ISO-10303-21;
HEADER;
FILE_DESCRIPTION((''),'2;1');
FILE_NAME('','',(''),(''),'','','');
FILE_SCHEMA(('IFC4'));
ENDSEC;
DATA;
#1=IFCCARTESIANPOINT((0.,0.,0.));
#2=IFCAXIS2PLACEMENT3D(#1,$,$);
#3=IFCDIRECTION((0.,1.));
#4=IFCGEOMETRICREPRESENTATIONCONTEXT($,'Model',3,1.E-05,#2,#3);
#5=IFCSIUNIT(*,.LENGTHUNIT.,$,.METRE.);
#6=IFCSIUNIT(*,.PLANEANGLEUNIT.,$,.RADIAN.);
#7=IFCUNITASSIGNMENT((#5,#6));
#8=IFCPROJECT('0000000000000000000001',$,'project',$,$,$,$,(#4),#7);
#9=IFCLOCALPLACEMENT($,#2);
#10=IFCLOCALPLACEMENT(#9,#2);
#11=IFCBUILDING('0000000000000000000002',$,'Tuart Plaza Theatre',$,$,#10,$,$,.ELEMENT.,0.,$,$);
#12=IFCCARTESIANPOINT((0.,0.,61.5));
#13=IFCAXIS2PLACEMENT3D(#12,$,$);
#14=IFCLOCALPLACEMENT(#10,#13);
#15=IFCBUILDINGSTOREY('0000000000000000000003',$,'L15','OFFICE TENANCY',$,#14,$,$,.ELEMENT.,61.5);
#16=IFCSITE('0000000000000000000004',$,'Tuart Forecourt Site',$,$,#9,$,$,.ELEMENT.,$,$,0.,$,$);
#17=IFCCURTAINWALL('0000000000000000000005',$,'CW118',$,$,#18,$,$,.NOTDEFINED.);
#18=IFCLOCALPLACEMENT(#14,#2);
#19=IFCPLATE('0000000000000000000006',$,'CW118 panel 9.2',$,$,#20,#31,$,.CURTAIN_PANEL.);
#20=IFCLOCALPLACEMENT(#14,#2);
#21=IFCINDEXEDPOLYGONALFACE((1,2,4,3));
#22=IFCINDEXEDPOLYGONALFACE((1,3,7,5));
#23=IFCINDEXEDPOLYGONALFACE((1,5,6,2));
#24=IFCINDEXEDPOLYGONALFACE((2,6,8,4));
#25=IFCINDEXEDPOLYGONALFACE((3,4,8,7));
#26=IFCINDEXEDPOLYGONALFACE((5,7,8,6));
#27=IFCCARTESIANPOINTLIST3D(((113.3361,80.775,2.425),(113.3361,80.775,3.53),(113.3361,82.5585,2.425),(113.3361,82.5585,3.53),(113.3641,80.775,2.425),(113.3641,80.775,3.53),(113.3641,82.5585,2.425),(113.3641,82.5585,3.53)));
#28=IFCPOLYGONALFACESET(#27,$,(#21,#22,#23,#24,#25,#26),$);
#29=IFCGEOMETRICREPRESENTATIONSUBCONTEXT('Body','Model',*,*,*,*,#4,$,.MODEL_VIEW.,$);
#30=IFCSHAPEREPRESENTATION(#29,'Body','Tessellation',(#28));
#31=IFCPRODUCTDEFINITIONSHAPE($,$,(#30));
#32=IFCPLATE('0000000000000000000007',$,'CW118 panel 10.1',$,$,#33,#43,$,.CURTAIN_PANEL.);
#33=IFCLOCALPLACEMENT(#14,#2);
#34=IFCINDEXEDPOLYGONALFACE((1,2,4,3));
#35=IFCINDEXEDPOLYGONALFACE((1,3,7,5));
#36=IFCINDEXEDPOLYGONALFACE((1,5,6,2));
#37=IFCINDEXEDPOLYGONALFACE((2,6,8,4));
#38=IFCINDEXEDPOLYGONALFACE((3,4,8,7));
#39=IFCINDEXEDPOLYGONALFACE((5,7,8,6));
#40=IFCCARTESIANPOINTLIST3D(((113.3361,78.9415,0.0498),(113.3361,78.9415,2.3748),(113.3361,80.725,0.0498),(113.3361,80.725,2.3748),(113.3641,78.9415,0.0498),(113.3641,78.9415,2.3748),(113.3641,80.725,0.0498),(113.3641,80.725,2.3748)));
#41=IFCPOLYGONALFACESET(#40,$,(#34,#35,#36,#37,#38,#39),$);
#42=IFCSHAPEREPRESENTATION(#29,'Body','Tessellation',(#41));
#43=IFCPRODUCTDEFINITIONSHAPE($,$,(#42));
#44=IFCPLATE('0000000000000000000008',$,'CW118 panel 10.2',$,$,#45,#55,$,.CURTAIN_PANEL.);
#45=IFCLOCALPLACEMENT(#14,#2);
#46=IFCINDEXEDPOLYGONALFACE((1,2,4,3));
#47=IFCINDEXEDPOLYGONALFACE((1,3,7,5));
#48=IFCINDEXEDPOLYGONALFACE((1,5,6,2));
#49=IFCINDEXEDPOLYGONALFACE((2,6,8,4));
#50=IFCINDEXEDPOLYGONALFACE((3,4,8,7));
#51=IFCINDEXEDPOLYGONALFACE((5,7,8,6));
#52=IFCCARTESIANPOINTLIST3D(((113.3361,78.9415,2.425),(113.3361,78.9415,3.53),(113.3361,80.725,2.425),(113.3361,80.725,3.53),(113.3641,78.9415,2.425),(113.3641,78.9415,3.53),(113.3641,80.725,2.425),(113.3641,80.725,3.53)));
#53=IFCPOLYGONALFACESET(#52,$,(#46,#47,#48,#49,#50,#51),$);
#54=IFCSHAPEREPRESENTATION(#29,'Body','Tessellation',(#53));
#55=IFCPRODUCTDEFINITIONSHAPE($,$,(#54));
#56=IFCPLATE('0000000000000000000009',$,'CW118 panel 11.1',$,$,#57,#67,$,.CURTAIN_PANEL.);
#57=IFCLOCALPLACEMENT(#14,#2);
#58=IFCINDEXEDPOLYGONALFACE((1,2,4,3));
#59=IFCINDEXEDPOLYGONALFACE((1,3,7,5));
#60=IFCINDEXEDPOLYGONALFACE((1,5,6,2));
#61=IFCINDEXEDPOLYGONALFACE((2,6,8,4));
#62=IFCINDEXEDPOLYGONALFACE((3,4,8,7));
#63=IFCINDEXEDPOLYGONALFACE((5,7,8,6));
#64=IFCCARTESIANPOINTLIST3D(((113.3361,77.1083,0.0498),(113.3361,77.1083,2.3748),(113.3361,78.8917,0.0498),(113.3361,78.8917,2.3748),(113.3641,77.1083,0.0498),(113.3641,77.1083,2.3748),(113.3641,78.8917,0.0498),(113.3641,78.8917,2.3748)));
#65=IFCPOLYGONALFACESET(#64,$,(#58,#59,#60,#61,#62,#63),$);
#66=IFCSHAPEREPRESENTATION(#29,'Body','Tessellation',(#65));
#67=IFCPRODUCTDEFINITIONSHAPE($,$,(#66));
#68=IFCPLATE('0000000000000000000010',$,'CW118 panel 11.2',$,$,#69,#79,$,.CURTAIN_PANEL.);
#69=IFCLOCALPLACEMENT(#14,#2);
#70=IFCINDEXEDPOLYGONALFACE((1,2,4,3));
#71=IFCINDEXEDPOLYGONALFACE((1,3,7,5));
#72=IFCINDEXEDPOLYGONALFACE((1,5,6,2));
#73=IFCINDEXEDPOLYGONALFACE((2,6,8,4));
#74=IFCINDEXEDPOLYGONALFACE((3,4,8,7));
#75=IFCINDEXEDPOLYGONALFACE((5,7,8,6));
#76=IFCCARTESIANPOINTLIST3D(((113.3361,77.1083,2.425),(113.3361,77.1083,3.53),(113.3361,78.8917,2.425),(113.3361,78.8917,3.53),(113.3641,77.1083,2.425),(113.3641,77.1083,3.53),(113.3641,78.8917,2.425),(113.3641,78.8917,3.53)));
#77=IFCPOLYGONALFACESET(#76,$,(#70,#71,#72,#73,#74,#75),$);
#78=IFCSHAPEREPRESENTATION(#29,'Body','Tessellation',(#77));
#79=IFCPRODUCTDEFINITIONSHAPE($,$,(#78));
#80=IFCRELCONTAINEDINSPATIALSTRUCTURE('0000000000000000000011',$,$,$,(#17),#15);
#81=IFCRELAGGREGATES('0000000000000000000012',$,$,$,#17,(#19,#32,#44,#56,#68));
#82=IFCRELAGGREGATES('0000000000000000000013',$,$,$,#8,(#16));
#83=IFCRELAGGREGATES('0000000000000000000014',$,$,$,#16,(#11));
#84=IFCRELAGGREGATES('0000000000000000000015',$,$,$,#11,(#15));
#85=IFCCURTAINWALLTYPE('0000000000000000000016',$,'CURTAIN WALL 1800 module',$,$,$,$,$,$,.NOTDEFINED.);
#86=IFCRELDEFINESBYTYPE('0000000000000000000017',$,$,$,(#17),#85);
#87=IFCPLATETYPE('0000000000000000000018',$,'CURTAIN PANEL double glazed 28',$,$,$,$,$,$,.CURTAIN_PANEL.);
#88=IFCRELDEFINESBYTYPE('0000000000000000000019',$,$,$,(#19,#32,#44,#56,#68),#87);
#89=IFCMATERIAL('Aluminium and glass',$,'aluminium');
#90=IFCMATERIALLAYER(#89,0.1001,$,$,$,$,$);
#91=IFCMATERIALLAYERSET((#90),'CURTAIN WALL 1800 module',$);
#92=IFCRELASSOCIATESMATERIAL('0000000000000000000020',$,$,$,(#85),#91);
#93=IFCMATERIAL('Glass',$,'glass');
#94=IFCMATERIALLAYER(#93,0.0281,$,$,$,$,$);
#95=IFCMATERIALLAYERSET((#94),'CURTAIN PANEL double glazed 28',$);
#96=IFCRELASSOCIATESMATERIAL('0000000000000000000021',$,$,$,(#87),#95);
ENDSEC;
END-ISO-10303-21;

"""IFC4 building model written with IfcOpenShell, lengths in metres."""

from ifc_helpers import new_model, si_unit, direction, frame, origin, origin_2d, place, context, subcontext, project, spatial, rectangle, extrude, material, layer, layer_set, type_object, element, aggregate, save


model = new_model("IFC4")

# Units and contexts
model_context = context("Model", 3, precision=1e-05, world=origin(), true_north=direction((0.0, 1.0)))
body_context = subcontext(model_context, "Body", "Model", "MODEL_VIEW")
ifc_project = project(units=[si_unit("LENGTHUNIT", "METRE"), si_unit("PLANEANGLEUNIT", "RADIAN")], contexts=[model_context])

# Site, building, storey
site_placement = place(None, origin())
site = spatial("IfcSite", under=ifc_project, at=site_placement, Name="Tuart Forecourt Site", CompositionType="ELEMENT", RefElevation=0.0)
building_placement = place(site_placement, origin())
building = spatial("IfcBuilding", under=site, at=building_placement, Name="Tuart Plaza Theatre", CompositionType="ELEMENT", ElevationOfRefHeight=0.0)
storey_placement = place(building_placement, frame((0.0, 0.0, 61.5)))
storey = spatial("IfcBuildingStorey", under=building, at=storey_placement, Name="L15", Description="OFFICE TENANCY", CompositionType="ELEMENT", Elevation=61.5)

# Curtain wall, plates
ifc_material_1 = material(Name="Aluminium and glass", Category="aluminium")
ifc_layer_1 = layer(ifc_material_1, 0.1001)
ifc_layer_set_1 = layer_set([ifc_layer_1], Name="CURTAIN WALL 1800 module")
curtain_wall_type = type_object("IfcCurtainWallType", Name="CURTAIN WALL 1800 module", PredefinedType="NOTDEFINED", material=ifc_layer_set_1)
curtain_wall_placement = place(storey_placement, origin())
curtain_wall = element("IfcCurtainWall", 1, at=curtain_wall_placement, inside=storey, type_object=curtain_wall_type, Name="CW118", PredefinedType="NOTDEFINED")
ifc_material_2 = material(Name="Glass", Category="glass")
ifc_layer_2 = layer(ifc_material_2, 0.0281)
ifc_layer_set_2 = layer_set([ifc_layer_2], Name="CURTAIN PANEL double glazed 28")
plate_type = type_object("IfcPlateType", Name="CURTAIN PANEL double glazed 28", PredefinedType="CURTAIN_PANEL", material=ifc_layer_set_2)
plate_1_placement = place(storey_placement, frame((113.3501, 81.6667, 2.425), z_axis=(0.0, 0.0, 1.0), x_axis=(0.0, -1.0, 0.0)))
plate_1 = element("IfcPlate", 2, at=plate_1_placement, type_object=plate_type, Name="CW118 panel 9.2", PredefinedType="CURTAIN_PANEL", context=body_context, shape_type="SweptSolid", body=[
    extrude(rectangle(XDim=1.7834, YDim=0.0281, at=origin_2d()), origin(), (0.0, 0.0, 1.0), 1.105),
])
plate_2_placement = place(storey_placement, frame((113.3501, 79.8333, 0.0498), z_axis=(0.0, 0.0, 1.0), x_axis=(0.0, -1.0, 0.0)))
plate_2 = element("IfcPlate", 3, at=plate_2_placement, type_object=plate_type, Name="CW118 panel 10.1", PredefinedType="CURTAIN_PANEL", context=body_context, shape_type="SweptSolid", body=[
    extrude(rectangle(XDim=1.7834, YDim=0.0281, at=origin_2d()), origin(), (0.0, 0.0, 1.0), 2.325),
])
plate_3_placement = place(storey_placement, frame((113.3501, 79.8333, 2.425), z_axis=(0.0, 0.0, 1.0), x_axis=(0.0, -1.0, 0.0)))
plate_3 = element("IfcPlate", 4, at=plate_3_placement, type_object=plate_type, Name="CW118 panel 10.2", PredefinedType="CURTAIN_PANEL", context=body_context, shape_type="SweptSolid", body=[
    extrude(rectangle(XDim=1.7834, YDim=0.0281, at=origin_2d()), origin(), (0.0, 0.0, 1.0), 1.105),
])
plate_4_placement = place(storey_placement, frame((113.3501, 78.0, 0.0498), z_axis=(0.0, 0.0, 1.0), x_axis=(0.0, -1.0, 0.0)))
plate_4 = element("IfcPlate", 5, at=plate_4_placement, type_object=plate_type, Name="CW118 panel 11.1", PredefinedType="CURTAIN_PANEL", context=body_context, shape_type="SweptSolid", body=[
    extrude(rectangle(XDim=1.7834, YDim=0.0281, at=origin_2d()), origin(), (0.0, 0.0, 1.0), 2.325),
])
plate_5_placement = place(storey_placement, frame((113.3501, 78.0, 2.425), z_axis=(0.0, 0.0, 1.0), x_axis=(0.0, -1.0, 0.0)))
plate_5 = element("IfcPlate", 6, at=plate_5_placement, type_object=plate_type, Name="CW118 panel 11.2", PredefinedType="CURTAIN_PANEL", context=body_context, shape_type="SweptSolid", body=[
    extrude(rectangle(XDim=1.7834, YDim=0.0281, at=origin_2d()), origin(), (0.0, 0.0, 1.0), 1.105),
])
aggregate(curtain_wall, [plate_1, plate_2, plate_3, plate_4, plate_5])

save(model, "model.ifc")
